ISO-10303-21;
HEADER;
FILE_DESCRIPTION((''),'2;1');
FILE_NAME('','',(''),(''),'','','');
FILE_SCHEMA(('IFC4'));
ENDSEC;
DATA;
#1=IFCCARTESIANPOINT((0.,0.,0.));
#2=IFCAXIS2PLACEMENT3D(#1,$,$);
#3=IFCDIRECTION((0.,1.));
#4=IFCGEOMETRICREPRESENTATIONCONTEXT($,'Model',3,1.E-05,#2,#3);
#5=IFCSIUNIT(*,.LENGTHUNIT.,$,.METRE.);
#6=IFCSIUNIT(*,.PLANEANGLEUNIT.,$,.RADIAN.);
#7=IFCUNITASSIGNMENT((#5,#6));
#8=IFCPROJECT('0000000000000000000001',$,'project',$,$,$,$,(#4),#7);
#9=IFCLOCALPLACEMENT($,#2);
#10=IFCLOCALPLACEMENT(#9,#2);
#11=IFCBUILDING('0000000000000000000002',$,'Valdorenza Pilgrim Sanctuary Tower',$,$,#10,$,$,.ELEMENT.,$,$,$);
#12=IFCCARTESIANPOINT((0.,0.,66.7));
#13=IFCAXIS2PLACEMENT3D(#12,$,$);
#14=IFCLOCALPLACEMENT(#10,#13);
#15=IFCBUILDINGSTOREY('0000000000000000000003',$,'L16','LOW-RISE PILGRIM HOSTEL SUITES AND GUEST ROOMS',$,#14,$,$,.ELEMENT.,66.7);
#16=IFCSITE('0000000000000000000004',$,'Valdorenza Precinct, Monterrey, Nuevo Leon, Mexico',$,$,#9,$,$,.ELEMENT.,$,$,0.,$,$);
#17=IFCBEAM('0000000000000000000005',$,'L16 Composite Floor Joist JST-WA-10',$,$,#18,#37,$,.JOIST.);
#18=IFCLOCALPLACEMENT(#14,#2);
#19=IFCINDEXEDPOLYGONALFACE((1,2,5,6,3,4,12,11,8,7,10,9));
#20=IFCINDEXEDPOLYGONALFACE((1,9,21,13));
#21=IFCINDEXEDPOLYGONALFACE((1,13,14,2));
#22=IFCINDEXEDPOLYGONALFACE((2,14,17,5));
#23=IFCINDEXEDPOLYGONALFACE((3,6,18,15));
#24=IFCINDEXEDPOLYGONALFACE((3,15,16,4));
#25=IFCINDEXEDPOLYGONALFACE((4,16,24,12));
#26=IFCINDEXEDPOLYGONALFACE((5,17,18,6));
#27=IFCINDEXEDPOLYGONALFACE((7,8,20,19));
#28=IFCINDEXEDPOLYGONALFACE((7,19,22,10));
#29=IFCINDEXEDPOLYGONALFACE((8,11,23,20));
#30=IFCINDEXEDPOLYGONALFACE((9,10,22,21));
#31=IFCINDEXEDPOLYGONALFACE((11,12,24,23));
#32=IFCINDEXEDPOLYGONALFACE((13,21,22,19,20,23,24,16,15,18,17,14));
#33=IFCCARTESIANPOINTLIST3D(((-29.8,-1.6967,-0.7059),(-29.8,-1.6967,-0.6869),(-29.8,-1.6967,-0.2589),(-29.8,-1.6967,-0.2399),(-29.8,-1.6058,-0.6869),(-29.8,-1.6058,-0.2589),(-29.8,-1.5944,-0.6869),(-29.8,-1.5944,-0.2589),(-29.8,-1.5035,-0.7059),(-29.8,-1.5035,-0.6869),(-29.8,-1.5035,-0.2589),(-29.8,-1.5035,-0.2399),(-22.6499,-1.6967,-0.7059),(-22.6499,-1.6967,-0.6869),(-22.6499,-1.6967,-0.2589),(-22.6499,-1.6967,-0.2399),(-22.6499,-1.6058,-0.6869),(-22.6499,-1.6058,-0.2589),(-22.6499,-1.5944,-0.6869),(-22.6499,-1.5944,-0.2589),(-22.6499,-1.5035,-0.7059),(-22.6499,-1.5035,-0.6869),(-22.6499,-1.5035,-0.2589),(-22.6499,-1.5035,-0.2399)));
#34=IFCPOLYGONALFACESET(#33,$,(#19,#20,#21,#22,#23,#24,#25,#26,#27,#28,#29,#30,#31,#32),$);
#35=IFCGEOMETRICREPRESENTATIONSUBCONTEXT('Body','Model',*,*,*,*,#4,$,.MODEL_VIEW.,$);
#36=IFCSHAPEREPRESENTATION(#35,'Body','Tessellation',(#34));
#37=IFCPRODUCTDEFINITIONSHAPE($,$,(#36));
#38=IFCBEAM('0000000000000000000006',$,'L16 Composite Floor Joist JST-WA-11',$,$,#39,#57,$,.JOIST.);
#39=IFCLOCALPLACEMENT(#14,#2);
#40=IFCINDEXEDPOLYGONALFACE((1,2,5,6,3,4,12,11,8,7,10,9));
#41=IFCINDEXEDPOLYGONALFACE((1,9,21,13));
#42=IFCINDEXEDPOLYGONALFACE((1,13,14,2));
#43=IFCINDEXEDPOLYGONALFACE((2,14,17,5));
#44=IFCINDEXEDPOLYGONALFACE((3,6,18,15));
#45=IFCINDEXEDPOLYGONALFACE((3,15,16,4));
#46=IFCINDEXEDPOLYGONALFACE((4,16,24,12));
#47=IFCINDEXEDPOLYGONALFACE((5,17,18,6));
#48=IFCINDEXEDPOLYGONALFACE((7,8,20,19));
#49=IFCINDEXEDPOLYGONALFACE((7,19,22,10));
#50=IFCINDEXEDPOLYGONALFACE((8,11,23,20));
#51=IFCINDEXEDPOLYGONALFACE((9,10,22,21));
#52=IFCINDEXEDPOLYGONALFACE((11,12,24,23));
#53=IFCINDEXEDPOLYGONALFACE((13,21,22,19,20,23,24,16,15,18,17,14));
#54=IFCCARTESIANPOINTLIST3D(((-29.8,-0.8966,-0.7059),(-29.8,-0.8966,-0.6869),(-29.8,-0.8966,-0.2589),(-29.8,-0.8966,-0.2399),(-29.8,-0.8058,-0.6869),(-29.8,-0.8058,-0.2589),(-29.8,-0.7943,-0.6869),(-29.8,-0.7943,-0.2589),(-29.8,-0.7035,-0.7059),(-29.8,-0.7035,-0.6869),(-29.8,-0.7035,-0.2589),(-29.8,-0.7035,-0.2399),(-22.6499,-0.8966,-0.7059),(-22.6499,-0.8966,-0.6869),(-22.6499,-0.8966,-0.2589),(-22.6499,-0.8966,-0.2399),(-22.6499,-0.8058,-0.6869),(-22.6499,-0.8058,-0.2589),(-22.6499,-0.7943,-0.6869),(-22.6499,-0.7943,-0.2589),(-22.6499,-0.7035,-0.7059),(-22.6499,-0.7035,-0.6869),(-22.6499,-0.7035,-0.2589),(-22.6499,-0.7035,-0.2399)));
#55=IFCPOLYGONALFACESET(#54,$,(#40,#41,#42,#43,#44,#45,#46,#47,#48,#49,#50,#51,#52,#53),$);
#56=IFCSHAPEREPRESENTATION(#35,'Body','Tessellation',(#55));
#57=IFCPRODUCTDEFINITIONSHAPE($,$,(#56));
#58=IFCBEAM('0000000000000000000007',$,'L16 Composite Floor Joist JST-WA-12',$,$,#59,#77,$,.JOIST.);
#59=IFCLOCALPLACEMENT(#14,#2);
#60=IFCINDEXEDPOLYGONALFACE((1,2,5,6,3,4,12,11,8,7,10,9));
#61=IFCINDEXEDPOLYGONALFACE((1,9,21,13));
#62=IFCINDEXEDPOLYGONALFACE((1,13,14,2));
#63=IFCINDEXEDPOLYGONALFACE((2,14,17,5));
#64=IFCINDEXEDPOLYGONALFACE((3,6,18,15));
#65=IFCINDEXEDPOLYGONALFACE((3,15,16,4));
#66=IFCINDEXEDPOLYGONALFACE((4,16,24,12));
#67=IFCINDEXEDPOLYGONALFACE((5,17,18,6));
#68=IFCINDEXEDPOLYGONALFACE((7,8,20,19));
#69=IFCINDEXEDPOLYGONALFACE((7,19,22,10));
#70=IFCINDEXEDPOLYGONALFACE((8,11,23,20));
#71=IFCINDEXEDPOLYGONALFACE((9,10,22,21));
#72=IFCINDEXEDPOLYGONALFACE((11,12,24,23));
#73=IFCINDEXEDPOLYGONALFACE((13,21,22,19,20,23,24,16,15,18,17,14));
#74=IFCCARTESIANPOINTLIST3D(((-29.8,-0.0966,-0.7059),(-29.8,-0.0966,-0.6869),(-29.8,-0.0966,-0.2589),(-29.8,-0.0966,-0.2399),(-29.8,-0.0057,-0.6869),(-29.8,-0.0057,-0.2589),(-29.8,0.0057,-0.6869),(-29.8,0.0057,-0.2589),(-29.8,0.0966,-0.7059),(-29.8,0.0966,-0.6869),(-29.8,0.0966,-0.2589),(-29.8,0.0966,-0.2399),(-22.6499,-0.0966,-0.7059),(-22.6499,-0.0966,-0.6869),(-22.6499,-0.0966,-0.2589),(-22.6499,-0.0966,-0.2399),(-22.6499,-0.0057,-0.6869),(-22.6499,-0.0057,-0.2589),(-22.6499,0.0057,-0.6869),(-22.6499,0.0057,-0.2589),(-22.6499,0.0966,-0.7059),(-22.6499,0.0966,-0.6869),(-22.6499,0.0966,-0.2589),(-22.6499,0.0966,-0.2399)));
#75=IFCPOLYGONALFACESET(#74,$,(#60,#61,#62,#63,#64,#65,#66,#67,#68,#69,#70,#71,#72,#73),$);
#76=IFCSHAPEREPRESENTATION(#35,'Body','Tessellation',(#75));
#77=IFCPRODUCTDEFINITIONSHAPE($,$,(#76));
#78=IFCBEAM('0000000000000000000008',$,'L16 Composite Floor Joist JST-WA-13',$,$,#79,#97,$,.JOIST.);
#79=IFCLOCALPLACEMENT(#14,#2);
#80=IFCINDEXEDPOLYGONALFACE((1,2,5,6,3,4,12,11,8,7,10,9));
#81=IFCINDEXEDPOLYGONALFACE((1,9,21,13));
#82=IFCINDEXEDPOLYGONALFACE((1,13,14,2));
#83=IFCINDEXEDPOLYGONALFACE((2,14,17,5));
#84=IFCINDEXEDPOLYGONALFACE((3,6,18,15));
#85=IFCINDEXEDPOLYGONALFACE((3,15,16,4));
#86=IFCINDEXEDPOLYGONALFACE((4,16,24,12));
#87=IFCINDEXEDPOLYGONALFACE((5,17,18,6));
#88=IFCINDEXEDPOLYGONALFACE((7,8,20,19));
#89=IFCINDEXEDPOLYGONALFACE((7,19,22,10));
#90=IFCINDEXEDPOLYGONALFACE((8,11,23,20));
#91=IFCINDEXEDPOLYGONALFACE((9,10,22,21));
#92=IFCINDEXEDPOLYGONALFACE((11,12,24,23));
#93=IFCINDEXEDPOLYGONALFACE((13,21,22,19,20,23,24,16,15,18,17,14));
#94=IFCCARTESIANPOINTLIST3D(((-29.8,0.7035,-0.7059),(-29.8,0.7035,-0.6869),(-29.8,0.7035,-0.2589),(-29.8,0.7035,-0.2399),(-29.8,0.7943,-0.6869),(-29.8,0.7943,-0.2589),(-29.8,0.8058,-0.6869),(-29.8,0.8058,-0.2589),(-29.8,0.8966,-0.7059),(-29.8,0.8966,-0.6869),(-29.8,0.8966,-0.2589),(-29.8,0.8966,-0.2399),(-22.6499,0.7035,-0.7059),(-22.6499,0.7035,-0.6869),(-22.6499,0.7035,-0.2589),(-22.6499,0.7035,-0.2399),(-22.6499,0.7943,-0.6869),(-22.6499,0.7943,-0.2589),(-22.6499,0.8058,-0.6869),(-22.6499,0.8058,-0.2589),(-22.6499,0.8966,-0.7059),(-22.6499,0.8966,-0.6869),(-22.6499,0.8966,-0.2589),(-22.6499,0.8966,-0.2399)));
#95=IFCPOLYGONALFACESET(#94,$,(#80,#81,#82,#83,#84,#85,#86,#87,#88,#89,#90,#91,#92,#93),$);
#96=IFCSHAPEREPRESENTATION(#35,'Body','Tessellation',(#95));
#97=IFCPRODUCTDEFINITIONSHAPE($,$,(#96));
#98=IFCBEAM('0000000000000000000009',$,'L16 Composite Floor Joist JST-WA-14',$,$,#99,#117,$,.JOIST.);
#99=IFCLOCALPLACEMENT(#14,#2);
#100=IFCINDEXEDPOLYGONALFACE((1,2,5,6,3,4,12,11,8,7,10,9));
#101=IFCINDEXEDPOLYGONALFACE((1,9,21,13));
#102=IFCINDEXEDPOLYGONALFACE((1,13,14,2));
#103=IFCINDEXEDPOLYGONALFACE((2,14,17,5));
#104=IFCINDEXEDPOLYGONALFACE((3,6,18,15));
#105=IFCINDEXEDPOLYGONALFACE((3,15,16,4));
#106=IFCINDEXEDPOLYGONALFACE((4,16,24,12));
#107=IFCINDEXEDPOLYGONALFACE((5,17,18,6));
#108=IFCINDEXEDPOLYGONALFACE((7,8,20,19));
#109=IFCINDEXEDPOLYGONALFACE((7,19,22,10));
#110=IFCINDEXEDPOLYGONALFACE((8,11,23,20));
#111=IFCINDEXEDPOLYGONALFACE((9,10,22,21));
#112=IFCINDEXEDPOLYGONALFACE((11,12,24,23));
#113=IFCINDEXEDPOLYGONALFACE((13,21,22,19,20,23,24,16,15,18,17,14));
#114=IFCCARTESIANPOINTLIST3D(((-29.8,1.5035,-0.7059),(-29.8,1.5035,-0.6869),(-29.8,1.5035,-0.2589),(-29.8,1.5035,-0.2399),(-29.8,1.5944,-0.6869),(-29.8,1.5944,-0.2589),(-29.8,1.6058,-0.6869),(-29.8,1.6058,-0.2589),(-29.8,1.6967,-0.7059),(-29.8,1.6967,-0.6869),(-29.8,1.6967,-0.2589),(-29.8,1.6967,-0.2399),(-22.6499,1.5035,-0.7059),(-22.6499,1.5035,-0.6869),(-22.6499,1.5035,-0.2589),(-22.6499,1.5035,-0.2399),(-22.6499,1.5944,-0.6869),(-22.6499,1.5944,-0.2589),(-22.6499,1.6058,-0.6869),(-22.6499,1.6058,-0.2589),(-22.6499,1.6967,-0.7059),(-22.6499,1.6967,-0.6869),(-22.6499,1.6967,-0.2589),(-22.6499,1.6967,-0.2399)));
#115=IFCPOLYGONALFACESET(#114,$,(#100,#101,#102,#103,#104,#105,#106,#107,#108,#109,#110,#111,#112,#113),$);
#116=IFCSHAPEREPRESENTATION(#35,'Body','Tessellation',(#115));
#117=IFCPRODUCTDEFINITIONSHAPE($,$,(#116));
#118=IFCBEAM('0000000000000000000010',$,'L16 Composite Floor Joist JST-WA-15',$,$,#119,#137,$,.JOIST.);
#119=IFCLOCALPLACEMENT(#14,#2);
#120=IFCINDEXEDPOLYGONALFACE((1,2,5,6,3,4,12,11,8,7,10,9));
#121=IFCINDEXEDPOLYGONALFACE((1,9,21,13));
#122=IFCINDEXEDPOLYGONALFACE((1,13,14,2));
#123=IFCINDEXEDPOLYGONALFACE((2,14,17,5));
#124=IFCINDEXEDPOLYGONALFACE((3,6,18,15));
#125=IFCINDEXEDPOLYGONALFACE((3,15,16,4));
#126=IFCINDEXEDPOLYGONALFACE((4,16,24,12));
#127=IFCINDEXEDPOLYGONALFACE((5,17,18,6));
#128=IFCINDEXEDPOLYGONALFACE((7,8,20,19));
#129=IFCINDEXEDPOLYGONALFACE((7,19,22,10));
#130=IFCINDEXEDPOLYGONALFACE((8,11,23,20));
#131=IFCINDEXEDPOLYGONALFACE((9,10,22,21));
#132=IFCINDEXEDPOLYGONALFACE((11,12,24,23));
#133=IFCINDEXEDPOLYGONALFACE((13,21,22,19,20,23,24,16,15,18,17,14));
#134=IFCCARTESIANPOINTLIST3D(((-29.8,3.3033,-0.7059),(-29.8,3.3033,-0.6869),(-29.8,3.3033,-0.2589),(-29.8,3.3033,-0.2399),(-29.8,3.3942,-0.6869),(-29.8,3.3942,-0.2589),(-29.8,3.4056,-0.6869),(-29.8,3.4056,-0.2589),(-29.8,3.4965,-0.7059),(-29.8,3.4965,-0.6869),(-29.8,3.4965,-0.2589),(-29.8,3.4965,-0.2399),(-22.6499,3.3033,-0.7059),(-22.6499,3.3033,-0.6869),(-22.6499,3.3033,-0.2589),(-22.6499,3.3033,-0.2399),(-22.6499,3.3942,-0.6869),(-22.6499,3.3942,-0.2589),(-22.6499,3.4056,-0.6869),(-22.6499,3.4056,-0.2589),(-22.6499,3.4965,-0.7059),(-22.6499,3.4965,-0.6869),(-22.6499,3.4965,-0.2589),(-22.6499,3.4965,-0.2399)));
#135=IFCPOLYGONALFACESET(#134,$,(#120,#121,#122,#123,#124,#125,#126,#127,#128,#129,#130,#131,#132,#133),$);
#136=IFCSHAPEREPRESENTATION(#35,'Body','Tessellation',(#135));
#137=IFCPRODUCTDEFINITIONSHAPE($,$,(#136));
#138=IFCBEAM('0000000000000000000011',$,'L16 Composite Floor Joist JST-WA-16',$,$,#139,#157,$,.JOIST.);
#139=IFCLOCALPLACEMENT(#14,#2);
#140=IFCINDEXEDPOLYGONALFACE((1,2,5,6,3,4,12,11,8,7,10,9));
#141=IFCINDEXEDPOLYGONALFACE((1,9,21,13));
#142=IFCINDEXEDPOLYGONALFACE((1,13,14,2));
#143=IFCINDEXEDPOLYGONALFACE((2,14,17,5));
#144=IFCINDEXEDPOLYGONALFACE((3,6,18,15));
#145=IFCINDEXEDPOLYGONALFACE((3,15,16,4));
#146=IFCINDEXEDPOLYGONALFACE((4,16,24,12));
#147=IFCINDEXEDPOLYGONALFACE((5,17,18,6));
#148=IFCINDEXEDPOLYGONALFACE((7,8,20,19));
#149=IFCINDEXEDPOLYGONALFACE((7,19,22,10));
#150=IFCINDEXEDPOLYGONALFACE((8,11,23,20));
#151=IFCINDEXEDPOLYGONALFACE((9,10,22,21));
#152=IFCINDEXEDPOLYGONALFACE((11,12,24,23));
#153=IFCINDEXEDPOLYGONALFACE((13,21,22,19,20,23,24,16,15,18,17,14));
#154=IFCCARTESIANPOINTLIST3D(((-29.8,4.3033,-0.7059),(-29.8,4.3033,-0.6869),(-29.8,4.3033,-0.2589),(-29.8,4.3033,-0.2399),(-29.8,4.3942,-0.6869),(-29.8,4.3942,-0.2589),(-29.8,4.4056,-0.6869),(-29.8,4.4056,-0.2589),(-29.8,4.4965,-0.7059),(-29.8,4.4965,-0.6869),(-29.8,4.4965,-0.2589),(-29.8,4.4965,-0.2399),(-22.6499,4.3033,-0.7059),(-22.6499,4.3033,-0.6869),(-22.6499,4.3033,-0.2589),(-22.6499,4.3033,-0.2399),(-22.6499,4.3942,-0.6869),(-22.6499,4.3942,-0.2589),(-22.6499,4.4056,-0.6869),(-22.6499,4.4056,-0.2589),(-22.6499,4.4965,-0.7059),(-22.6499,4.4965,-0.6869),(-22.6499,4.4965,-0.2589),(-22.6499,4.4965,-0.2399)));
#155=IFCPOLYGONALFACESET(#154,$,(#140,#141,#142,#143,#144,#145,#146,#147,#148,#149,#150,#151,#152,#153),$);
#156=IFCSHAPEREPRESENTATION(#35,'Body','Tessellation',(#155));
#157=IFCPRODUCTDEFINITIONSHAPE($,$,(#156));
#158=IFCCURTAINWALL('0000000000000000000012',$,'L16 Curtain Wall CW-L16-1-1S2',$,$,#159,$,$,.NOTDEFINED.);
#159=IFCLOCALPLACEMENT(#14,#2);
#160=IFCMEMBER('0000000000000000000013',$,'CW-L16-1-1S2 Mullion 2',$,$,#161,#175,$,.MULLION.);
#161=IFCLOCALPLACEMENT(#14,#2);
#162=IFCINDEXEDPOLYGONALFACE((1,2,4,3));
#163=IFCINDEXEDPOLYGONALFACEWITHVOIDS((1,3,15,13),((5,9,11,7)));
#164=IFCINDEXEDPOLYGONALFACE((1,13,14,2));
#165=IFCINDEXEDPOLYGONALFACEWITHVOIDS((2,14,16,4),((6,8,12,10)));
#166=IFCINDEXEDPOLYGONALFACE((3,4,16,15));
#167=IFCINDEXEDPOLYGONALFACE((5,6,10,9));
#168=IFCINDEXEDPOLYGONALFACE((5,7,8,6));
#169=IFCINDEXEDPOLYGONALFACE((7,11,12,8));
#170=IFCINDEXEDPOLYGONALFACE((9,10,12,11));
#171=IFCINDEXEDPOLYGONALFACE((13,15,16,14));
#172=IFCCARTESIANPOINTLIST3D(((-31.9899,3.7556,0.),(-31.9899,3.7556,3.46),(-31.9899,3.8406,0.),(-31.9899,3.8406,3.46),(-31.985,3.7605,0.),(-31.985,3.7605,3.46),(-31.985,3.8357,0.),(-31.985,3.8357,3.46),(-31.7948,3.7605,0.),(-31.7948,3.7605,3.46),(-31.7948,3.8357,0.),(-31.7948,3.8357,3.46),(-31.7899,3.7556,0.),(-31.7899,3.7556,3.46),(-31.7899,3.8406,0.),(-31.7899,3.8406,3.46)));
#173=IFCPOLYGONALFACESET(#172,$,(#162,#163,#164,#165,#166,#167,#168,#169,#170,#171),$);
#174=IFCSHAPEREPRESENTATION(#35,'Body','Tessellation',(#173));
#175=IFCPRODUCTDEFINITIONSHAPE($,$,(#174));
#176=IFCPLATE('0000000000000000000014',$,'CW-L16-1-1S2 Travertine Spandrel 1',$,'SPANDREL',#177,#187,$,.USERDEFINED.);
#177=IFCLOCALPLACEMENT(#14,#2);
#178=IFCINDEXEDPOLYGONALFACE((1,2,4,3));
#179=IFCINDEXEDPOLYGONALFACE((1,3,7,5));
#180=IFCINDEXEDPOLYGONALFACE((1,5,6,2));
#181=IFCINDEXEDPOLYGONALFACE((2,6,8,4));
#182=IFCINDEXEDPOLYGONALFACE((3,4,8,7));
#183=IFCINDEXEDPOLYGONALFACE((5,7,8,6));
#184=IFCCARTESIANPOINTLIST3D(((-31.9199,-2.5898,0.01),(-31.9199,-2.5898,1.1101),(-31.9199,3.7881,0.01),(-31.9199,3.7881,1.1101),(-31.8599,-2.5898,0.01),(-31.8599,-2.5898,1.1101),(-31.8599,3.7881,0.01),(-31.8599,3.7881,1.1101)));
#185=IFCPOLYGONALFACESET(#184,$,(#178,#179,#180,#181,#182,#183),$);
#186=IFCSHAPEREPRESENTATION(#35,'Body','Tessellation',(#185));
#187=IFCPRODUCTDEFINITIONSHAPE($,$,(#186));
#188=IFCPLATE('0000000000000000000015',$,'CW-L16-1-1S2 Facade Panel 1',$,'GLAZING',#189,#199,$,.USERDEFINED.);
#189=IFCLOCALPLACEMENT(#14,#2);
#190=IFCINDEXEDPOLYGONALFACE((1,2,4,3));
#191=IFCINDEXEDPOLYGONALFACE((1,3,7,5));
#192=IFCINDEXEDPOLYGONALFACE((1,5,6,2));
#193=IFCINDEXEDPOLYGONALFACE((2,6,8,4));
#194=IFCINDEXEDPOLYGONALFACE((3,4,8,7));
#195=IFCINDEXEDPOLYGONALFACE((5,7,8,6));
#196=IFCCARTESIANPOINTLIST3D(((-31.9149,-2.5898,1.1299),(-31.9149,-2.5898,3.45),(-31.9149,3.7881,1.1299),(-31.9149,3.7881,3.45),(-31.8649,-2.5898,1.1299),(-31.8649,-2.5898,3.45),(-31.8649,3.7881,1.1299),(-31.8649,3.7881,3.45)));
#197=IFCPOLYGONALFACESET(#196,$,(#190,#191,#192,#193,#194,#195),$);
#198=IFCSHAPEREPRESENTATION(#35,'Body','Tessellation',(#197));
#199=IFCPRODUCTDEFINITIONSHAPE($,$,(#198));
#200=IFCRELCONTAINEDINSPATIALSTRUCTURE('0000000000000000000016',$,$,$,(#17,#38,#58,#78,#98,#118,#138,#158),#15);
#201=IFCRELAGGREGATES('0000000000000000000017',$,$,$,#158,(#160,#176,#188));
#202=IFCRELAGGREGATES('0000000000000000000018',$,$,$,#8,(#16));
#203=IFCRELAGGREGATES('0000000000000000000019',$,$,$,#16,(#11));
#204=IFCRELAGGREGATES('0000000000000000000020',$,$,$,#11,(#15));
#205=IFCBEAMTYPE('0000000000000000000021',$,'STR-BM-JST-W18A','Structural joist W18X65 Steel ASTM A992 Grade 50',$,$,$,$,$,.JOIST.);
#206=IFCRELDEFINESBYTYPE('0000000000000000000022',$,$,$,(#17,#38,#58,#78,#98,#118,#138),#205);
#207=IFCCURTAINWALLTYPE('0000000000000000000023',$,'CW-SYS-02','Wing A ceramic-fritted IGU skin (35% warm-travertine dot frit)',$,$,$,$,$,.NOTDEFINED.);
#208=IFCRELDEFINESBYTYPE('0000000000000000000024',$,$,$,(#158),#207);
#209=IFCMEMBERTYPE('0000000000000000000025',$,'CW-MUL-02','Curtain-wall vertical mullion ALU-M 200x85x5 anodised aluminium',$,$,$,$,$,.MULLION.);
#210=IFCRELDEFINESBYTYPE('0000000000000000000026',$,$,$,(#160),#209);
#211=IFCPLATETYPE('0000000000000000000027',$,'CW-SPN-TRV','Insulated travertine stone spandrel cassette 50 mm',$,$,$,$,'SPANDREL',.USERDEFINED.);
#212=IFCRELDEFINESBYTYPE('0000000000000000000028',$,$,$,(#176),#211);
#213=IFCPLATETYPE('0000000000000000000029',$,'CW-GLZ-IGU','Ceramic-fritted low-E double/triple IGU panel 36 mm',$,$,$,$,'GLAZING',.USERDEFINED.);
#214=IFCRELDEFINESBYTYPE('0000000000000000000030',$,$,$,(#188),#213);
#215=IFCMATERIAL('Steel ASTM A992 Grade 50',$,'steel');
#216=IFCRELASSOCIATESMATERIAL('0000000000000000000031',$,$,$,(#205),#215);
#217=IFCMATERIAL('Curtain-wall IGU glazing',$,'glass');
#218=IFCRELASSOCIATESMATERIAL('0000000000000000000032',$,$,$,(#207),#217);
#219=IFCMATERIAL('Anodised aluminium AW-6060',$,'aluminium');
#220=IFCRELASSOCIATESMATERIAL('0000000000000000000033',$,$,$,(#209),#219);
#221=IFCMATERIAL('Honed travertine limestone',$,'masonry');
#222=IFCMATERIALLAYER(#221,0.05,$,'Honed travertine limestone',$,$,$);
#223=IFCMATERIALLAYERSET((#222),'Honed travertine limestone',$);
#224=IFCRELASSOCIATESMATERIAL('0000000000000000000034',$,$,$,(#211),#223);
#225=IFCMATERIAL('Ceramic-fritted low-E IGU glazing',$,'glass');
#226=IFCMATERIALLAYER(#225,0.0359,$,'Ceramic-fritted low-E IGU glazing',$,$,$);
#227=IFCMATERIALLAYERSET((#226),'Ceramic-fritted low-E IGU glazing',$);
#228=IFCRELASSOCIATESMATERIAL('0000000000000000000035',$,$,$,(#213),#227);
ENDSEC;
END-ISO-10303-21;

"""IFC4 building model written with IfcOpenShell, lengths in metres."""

from ifc_helpers import new_model, si_unit, direction, frame, origin, origin_2d, place, context, subcontext, project, spatial, rectangle, hollow_rectangle, i_section, extrude, source, transform, mapped, material, layer, layer_set, material_profile, profile_set, type_object, element, aggregate, save


model = new_model("IFC4")

# Units and contexts
model_context = context("Model", 3, precision=1e-05, world=origin(), true_north=direction((0.0, 1.0)))
body_context = subcontext(model_context, "Body", "Model", "MODEL_VIEW")
ifc_project = project(units=[si_unit("LENGTHUNIT", "METRE"), si_unit("PLANEANGLEUNIT", "RADIAN")], contexts=[model_context])

# Site, building, storey
site_placement = place(None, origin())
site = spatial("IfcSite", under=ifc_project, at=site_placement, Name="Valdorenza Precinct, Monterrey, Nuevo Leon, Mexico", CompositionType="ELEMENT", RefElevation=0.0)
building_placement = place(site_placement, origin())
building = spatial("IfcBuilding", under=site, at=building_placement, Name="Valdorenza Pilgrim Sanctuary Tower", CompositionType="ELEMENT")
storey_placement = place(building_placement, frame((0.0, 0.0, 66.7)))
storey = spatial("IfcBuildingStorey", under=building, at=storey_placement, Name="L16", Description="LOW-RISE PILGRIM HOSTEL SUITES AND GUEST ROOMS", CompositionType="ELEMENT", Elevation=66.7)

# Beams
ifc_material_1 = material(Name="Steel ASTM A992 Grade 50", Category="steel")
ifc_material_profile_1 = material_profile(ifc_material_1, i_section(OverallWidth=0.1931, OverallDepth=0.4661, WebThickness=0.0115, FlangeThickness=0.019, at=origin_2d()), Name="W18X65")
ifc_profile_set_1 = profile_set([ifc_material_profile_1], Name="Steel ASTM A992 Grade 50")
beam_type = type_object("IfcBeamType", Name="STR-BM-JST-W18A", Description="Structural joist W18X65 Steel ASTM A992 Grade 50", PredefinedType="JOIST", material=ifc_profile_set_1)
shared_shape_1 = source(origin(), body_context, "Body", "SweptSolid", [
    extrude(i_section(OverallWidth=0.1931, OverallDepth=0.4661, WebThickness=0.0115, FlangeThickness=0.019, at=origin_2d()), origin(), (0.0, 0.0, 1.0), 7.1501),
])
for number, where, z_axis, x_axis, name in (
    (1, (-29.8, -1.6001, -0.4729), (1.0, 0.0, 0.0), (0.0, 1.0, 0.0), "L16 Composite Floor Joist JST-WA-10"),
    (2, (-29.8, -0.8, -0.4729), (1.0, 0.0, 0.0), (0.0, 1.0, 0.0), "L16 Composite Floor Joist JST-WA-11"),
    (3, (-29.8, 0.0, -0.4729), (1.0, 0.0, 0.0), (0.0, 1.0, 0.0), "L16 Composite Floor Joist JST-WA-12"),
    (4, (-29.8, 0.8, -0.4729), (1.0, 0.0, 0.0), (0.0, 1.0, 0.0), "L16 Composite Floor Joist JST-WA-13"),
    (5, (-29.8, 1.6001, -0.4729), (1.0, 0.0, 0.0), (0.0, 1.0, 0.0), "L16 Composite Floor Joist JST-WA-14"),
    (6, (-29.8, 3.3999, -0.4729), (1.0, 0.0, 0.0), (0.0, 1.0, 0.0), "L16 Composite Floor Joist JST-WA-15"),
    (7, (-29.8, 4.3999, -0.4729), (1.0, 0.0, 0.0), (0.0, 1.0, 0.0), "L16 Composite Floor Joist JST-WA-16"),
):
    element("IfcBeam", number, at=place(storey_placement, frame(where, z_axis=z_axis, x_axis=x_axis)), inside=storey, type_object=beam_type, Name=name, PredefinedType="JOIST", context=body_context, shape_type="MappedRepresentation", body=[
        mapped(shared_shape_1, transform((0.0, 0.0, 0.0), x_axis=(1.0, 0.0, 0.0), y_axis=(0.0, 1.0, 0.0), z_axis=(0.0, 0.0, 1.0), scale=1.0)),
    ])

# Curtain wall, member, plates
ifc_material_2 = material(Name="Curtain-wall IGU glazing", Category="glass")
curtain_wall_type = type_object("IfcCurtainWallType", Name="CW-SYS-02", Description="Wing A ceramic-fritted IGU skin (35% warm-travertine dot frit)", PredefinedType="NOTDEFINED", material=ifc_material_2)
curtain_wall_placement = place(storey_placement, origin())
curtain_wall = element("IfcCurtainWall", 8, at=curtain_wall_placement, inside=storey, type_object=curtain_wall_type, Name="L16 Curtain Wall CW-L16-1-1S2", PredefinedType="NOTDEFINED")
ifc_material_3 = material(Name="Anodised aluminium AW-6060", Category="aluminium")
ifc_material_profile_2 = material_profile(ifc_material_3, hollow_rectangle(XDim=0.085, YDim=0.2, WallThickness=0.0049, at=origin_2d()), Name="ALU-M 200x85x5")
ifc_profile_set_2 = profile_set([ifc_material_profile_2], Name="Anodised aluminium AW-6060")
member_type = type_object("IfcMemberType", Name="CW-MUL-02", Description="Curtain-wall vertical mullion ALU-M 200x85x5 anodised aluminium", PredefinedType="MULLION", material=ifc_profile_set_2)
shared_shape_2 = source(origin(), body_context, "Body", "SweptSolid", [
    extrude(hollow_rectangle(XDim=0.085, YDim=0.2, WallThickness=0.0049, at=origin_2d()), origin(), (0.0, 0.0, 1.0), 3.46),
])
member_placement = place(storey_placement, frame((-31.8899, 3.7981, 0.0), z_axis=(0.0, 0.0, 1.0), x_axis=(0.0, 1.0, 0.0)))
member = element("IfcMember", 9, at=member_placement, type_object=member_type, Name="CW-L16-1-1S2 Mullion 2", PredefinedType="MULLION", context=body_context, shape_type="MappedRepresentation", body=[
    mapped(shared_shape_2, transform((0.0, 0.0, 0.0), x_axis=(1.0, 0.0, 0.0), y_axis=(0.0, 1.0, 0.0), z_axis=(0.0, 0.0, 1.0), scale=1.0)),
])
ifc_material_4 = material(Name="Honed travertine limestone", Category="masonry")
ifc_layer_1 = layer(ifc_material_4, 0.05, Name="Honed travertine limestone")
ifc_layer_set_1 = layer_set([ifc_layer_1], Name="Honed travertine limestone")
plate_type_1 = type_object("IfcPlateType", Name="CW-SPN-TRV", Description="Insulated travertine stone spandrel cassette 50 mm", ElementType="SPANDREL", PredefinedType="USERDEFINED", material=ifc_layer_set_1)
shared_shape_3 = source(origin(), body_context, "Body", "SweptSolid", [
    extrude(rectangle(XDim=6.3779, YDim=0.0601, at=origin_2d()), origin(), (0.0, 0.0, 1.0), 1.1001),
])
plate_1_placement = place(storey_placement, frame((-31.8899, 0.5991, 0.01), z_axis=(0.0, 0.0, 1.0), x_axis=(0.0, 1.0, 0.0)))
plate_1 = element("IfcPlate", 10, at=plate_1_placement, type_object=plate_type_1, Name="CW-L16-1-1S2 Travertine Spandrel 1", ObjectType="SPANDREL", PredefinedType="USERDEFINED", context=body_context, shape_type="MappedRepresentation", body=[
    mapped(shared_shape_3, transform((0.0, 0.0, 0.0), x_axis=(1.0, 0.0, 0.0), y_axis=(0.0, 1.0, 0.0), z_axis=(0.0, 0.0, 1.0), scale=1.0)),
])
ifc_material_5 = material(Name="Ceramic-fritted low-E IGU glazing", Category="glass")
ifc_layer_2 = layer(ifc_material_5, 0.0359, Name="Ceramic-fritted low-E IGU glazing")
ifc_layer_set_2 = layer_set([ifc_layer_2], Name="Ceramic-fritted low-E IGU glazing")
plate_type_2 = type_object("IfcPlateType", Name="CW-GLZ-IGU", Description="Ceramic-fritted low-E double/triple IGU panel 36 mm", ElementType="GLAZING", PredefinedType="USERDEFINED", material=ifc_layer_set_2)
shared_shape_4 = source(origin(), body_context, "Body", "SweptSolid", [
    extrude(rectangle(XDim=6.3779, YDim=0.05, at=origin_2d()), origin(), (0.0, 0.0, 1.0), 2.3201),
])
plate_2_placement = place(storey_placement, frame((-31.8899, 0.5991, 1.1299), z_axis=(0.0, 0.0, 1.0), x_axis=(0.0, 1.0, 0.0)))
plate_2 = element("IfcPlate", 11, at=plate_2_placement, type_object=plate_type_2, Name="CW-L16-1-1S2 Facade Panel 1", ObjectType="GLAZING", PredefinedType="USERDEFINED", context=body_context, shape_type="MappedRepresentation", body=[
    mapped(shared_shape_4, transform((0.0, 0.0, 0.0), x_axis=(1.0, 0.0, 0.0), y_axis=(0.0, 1.0, 0.0), z_axis=(0.0, 0.0, 1.0), scale=1.0)),
])
aggregate(curtain_wall, [member, plate_1, plate_2])

save(model, "model.ifc")
